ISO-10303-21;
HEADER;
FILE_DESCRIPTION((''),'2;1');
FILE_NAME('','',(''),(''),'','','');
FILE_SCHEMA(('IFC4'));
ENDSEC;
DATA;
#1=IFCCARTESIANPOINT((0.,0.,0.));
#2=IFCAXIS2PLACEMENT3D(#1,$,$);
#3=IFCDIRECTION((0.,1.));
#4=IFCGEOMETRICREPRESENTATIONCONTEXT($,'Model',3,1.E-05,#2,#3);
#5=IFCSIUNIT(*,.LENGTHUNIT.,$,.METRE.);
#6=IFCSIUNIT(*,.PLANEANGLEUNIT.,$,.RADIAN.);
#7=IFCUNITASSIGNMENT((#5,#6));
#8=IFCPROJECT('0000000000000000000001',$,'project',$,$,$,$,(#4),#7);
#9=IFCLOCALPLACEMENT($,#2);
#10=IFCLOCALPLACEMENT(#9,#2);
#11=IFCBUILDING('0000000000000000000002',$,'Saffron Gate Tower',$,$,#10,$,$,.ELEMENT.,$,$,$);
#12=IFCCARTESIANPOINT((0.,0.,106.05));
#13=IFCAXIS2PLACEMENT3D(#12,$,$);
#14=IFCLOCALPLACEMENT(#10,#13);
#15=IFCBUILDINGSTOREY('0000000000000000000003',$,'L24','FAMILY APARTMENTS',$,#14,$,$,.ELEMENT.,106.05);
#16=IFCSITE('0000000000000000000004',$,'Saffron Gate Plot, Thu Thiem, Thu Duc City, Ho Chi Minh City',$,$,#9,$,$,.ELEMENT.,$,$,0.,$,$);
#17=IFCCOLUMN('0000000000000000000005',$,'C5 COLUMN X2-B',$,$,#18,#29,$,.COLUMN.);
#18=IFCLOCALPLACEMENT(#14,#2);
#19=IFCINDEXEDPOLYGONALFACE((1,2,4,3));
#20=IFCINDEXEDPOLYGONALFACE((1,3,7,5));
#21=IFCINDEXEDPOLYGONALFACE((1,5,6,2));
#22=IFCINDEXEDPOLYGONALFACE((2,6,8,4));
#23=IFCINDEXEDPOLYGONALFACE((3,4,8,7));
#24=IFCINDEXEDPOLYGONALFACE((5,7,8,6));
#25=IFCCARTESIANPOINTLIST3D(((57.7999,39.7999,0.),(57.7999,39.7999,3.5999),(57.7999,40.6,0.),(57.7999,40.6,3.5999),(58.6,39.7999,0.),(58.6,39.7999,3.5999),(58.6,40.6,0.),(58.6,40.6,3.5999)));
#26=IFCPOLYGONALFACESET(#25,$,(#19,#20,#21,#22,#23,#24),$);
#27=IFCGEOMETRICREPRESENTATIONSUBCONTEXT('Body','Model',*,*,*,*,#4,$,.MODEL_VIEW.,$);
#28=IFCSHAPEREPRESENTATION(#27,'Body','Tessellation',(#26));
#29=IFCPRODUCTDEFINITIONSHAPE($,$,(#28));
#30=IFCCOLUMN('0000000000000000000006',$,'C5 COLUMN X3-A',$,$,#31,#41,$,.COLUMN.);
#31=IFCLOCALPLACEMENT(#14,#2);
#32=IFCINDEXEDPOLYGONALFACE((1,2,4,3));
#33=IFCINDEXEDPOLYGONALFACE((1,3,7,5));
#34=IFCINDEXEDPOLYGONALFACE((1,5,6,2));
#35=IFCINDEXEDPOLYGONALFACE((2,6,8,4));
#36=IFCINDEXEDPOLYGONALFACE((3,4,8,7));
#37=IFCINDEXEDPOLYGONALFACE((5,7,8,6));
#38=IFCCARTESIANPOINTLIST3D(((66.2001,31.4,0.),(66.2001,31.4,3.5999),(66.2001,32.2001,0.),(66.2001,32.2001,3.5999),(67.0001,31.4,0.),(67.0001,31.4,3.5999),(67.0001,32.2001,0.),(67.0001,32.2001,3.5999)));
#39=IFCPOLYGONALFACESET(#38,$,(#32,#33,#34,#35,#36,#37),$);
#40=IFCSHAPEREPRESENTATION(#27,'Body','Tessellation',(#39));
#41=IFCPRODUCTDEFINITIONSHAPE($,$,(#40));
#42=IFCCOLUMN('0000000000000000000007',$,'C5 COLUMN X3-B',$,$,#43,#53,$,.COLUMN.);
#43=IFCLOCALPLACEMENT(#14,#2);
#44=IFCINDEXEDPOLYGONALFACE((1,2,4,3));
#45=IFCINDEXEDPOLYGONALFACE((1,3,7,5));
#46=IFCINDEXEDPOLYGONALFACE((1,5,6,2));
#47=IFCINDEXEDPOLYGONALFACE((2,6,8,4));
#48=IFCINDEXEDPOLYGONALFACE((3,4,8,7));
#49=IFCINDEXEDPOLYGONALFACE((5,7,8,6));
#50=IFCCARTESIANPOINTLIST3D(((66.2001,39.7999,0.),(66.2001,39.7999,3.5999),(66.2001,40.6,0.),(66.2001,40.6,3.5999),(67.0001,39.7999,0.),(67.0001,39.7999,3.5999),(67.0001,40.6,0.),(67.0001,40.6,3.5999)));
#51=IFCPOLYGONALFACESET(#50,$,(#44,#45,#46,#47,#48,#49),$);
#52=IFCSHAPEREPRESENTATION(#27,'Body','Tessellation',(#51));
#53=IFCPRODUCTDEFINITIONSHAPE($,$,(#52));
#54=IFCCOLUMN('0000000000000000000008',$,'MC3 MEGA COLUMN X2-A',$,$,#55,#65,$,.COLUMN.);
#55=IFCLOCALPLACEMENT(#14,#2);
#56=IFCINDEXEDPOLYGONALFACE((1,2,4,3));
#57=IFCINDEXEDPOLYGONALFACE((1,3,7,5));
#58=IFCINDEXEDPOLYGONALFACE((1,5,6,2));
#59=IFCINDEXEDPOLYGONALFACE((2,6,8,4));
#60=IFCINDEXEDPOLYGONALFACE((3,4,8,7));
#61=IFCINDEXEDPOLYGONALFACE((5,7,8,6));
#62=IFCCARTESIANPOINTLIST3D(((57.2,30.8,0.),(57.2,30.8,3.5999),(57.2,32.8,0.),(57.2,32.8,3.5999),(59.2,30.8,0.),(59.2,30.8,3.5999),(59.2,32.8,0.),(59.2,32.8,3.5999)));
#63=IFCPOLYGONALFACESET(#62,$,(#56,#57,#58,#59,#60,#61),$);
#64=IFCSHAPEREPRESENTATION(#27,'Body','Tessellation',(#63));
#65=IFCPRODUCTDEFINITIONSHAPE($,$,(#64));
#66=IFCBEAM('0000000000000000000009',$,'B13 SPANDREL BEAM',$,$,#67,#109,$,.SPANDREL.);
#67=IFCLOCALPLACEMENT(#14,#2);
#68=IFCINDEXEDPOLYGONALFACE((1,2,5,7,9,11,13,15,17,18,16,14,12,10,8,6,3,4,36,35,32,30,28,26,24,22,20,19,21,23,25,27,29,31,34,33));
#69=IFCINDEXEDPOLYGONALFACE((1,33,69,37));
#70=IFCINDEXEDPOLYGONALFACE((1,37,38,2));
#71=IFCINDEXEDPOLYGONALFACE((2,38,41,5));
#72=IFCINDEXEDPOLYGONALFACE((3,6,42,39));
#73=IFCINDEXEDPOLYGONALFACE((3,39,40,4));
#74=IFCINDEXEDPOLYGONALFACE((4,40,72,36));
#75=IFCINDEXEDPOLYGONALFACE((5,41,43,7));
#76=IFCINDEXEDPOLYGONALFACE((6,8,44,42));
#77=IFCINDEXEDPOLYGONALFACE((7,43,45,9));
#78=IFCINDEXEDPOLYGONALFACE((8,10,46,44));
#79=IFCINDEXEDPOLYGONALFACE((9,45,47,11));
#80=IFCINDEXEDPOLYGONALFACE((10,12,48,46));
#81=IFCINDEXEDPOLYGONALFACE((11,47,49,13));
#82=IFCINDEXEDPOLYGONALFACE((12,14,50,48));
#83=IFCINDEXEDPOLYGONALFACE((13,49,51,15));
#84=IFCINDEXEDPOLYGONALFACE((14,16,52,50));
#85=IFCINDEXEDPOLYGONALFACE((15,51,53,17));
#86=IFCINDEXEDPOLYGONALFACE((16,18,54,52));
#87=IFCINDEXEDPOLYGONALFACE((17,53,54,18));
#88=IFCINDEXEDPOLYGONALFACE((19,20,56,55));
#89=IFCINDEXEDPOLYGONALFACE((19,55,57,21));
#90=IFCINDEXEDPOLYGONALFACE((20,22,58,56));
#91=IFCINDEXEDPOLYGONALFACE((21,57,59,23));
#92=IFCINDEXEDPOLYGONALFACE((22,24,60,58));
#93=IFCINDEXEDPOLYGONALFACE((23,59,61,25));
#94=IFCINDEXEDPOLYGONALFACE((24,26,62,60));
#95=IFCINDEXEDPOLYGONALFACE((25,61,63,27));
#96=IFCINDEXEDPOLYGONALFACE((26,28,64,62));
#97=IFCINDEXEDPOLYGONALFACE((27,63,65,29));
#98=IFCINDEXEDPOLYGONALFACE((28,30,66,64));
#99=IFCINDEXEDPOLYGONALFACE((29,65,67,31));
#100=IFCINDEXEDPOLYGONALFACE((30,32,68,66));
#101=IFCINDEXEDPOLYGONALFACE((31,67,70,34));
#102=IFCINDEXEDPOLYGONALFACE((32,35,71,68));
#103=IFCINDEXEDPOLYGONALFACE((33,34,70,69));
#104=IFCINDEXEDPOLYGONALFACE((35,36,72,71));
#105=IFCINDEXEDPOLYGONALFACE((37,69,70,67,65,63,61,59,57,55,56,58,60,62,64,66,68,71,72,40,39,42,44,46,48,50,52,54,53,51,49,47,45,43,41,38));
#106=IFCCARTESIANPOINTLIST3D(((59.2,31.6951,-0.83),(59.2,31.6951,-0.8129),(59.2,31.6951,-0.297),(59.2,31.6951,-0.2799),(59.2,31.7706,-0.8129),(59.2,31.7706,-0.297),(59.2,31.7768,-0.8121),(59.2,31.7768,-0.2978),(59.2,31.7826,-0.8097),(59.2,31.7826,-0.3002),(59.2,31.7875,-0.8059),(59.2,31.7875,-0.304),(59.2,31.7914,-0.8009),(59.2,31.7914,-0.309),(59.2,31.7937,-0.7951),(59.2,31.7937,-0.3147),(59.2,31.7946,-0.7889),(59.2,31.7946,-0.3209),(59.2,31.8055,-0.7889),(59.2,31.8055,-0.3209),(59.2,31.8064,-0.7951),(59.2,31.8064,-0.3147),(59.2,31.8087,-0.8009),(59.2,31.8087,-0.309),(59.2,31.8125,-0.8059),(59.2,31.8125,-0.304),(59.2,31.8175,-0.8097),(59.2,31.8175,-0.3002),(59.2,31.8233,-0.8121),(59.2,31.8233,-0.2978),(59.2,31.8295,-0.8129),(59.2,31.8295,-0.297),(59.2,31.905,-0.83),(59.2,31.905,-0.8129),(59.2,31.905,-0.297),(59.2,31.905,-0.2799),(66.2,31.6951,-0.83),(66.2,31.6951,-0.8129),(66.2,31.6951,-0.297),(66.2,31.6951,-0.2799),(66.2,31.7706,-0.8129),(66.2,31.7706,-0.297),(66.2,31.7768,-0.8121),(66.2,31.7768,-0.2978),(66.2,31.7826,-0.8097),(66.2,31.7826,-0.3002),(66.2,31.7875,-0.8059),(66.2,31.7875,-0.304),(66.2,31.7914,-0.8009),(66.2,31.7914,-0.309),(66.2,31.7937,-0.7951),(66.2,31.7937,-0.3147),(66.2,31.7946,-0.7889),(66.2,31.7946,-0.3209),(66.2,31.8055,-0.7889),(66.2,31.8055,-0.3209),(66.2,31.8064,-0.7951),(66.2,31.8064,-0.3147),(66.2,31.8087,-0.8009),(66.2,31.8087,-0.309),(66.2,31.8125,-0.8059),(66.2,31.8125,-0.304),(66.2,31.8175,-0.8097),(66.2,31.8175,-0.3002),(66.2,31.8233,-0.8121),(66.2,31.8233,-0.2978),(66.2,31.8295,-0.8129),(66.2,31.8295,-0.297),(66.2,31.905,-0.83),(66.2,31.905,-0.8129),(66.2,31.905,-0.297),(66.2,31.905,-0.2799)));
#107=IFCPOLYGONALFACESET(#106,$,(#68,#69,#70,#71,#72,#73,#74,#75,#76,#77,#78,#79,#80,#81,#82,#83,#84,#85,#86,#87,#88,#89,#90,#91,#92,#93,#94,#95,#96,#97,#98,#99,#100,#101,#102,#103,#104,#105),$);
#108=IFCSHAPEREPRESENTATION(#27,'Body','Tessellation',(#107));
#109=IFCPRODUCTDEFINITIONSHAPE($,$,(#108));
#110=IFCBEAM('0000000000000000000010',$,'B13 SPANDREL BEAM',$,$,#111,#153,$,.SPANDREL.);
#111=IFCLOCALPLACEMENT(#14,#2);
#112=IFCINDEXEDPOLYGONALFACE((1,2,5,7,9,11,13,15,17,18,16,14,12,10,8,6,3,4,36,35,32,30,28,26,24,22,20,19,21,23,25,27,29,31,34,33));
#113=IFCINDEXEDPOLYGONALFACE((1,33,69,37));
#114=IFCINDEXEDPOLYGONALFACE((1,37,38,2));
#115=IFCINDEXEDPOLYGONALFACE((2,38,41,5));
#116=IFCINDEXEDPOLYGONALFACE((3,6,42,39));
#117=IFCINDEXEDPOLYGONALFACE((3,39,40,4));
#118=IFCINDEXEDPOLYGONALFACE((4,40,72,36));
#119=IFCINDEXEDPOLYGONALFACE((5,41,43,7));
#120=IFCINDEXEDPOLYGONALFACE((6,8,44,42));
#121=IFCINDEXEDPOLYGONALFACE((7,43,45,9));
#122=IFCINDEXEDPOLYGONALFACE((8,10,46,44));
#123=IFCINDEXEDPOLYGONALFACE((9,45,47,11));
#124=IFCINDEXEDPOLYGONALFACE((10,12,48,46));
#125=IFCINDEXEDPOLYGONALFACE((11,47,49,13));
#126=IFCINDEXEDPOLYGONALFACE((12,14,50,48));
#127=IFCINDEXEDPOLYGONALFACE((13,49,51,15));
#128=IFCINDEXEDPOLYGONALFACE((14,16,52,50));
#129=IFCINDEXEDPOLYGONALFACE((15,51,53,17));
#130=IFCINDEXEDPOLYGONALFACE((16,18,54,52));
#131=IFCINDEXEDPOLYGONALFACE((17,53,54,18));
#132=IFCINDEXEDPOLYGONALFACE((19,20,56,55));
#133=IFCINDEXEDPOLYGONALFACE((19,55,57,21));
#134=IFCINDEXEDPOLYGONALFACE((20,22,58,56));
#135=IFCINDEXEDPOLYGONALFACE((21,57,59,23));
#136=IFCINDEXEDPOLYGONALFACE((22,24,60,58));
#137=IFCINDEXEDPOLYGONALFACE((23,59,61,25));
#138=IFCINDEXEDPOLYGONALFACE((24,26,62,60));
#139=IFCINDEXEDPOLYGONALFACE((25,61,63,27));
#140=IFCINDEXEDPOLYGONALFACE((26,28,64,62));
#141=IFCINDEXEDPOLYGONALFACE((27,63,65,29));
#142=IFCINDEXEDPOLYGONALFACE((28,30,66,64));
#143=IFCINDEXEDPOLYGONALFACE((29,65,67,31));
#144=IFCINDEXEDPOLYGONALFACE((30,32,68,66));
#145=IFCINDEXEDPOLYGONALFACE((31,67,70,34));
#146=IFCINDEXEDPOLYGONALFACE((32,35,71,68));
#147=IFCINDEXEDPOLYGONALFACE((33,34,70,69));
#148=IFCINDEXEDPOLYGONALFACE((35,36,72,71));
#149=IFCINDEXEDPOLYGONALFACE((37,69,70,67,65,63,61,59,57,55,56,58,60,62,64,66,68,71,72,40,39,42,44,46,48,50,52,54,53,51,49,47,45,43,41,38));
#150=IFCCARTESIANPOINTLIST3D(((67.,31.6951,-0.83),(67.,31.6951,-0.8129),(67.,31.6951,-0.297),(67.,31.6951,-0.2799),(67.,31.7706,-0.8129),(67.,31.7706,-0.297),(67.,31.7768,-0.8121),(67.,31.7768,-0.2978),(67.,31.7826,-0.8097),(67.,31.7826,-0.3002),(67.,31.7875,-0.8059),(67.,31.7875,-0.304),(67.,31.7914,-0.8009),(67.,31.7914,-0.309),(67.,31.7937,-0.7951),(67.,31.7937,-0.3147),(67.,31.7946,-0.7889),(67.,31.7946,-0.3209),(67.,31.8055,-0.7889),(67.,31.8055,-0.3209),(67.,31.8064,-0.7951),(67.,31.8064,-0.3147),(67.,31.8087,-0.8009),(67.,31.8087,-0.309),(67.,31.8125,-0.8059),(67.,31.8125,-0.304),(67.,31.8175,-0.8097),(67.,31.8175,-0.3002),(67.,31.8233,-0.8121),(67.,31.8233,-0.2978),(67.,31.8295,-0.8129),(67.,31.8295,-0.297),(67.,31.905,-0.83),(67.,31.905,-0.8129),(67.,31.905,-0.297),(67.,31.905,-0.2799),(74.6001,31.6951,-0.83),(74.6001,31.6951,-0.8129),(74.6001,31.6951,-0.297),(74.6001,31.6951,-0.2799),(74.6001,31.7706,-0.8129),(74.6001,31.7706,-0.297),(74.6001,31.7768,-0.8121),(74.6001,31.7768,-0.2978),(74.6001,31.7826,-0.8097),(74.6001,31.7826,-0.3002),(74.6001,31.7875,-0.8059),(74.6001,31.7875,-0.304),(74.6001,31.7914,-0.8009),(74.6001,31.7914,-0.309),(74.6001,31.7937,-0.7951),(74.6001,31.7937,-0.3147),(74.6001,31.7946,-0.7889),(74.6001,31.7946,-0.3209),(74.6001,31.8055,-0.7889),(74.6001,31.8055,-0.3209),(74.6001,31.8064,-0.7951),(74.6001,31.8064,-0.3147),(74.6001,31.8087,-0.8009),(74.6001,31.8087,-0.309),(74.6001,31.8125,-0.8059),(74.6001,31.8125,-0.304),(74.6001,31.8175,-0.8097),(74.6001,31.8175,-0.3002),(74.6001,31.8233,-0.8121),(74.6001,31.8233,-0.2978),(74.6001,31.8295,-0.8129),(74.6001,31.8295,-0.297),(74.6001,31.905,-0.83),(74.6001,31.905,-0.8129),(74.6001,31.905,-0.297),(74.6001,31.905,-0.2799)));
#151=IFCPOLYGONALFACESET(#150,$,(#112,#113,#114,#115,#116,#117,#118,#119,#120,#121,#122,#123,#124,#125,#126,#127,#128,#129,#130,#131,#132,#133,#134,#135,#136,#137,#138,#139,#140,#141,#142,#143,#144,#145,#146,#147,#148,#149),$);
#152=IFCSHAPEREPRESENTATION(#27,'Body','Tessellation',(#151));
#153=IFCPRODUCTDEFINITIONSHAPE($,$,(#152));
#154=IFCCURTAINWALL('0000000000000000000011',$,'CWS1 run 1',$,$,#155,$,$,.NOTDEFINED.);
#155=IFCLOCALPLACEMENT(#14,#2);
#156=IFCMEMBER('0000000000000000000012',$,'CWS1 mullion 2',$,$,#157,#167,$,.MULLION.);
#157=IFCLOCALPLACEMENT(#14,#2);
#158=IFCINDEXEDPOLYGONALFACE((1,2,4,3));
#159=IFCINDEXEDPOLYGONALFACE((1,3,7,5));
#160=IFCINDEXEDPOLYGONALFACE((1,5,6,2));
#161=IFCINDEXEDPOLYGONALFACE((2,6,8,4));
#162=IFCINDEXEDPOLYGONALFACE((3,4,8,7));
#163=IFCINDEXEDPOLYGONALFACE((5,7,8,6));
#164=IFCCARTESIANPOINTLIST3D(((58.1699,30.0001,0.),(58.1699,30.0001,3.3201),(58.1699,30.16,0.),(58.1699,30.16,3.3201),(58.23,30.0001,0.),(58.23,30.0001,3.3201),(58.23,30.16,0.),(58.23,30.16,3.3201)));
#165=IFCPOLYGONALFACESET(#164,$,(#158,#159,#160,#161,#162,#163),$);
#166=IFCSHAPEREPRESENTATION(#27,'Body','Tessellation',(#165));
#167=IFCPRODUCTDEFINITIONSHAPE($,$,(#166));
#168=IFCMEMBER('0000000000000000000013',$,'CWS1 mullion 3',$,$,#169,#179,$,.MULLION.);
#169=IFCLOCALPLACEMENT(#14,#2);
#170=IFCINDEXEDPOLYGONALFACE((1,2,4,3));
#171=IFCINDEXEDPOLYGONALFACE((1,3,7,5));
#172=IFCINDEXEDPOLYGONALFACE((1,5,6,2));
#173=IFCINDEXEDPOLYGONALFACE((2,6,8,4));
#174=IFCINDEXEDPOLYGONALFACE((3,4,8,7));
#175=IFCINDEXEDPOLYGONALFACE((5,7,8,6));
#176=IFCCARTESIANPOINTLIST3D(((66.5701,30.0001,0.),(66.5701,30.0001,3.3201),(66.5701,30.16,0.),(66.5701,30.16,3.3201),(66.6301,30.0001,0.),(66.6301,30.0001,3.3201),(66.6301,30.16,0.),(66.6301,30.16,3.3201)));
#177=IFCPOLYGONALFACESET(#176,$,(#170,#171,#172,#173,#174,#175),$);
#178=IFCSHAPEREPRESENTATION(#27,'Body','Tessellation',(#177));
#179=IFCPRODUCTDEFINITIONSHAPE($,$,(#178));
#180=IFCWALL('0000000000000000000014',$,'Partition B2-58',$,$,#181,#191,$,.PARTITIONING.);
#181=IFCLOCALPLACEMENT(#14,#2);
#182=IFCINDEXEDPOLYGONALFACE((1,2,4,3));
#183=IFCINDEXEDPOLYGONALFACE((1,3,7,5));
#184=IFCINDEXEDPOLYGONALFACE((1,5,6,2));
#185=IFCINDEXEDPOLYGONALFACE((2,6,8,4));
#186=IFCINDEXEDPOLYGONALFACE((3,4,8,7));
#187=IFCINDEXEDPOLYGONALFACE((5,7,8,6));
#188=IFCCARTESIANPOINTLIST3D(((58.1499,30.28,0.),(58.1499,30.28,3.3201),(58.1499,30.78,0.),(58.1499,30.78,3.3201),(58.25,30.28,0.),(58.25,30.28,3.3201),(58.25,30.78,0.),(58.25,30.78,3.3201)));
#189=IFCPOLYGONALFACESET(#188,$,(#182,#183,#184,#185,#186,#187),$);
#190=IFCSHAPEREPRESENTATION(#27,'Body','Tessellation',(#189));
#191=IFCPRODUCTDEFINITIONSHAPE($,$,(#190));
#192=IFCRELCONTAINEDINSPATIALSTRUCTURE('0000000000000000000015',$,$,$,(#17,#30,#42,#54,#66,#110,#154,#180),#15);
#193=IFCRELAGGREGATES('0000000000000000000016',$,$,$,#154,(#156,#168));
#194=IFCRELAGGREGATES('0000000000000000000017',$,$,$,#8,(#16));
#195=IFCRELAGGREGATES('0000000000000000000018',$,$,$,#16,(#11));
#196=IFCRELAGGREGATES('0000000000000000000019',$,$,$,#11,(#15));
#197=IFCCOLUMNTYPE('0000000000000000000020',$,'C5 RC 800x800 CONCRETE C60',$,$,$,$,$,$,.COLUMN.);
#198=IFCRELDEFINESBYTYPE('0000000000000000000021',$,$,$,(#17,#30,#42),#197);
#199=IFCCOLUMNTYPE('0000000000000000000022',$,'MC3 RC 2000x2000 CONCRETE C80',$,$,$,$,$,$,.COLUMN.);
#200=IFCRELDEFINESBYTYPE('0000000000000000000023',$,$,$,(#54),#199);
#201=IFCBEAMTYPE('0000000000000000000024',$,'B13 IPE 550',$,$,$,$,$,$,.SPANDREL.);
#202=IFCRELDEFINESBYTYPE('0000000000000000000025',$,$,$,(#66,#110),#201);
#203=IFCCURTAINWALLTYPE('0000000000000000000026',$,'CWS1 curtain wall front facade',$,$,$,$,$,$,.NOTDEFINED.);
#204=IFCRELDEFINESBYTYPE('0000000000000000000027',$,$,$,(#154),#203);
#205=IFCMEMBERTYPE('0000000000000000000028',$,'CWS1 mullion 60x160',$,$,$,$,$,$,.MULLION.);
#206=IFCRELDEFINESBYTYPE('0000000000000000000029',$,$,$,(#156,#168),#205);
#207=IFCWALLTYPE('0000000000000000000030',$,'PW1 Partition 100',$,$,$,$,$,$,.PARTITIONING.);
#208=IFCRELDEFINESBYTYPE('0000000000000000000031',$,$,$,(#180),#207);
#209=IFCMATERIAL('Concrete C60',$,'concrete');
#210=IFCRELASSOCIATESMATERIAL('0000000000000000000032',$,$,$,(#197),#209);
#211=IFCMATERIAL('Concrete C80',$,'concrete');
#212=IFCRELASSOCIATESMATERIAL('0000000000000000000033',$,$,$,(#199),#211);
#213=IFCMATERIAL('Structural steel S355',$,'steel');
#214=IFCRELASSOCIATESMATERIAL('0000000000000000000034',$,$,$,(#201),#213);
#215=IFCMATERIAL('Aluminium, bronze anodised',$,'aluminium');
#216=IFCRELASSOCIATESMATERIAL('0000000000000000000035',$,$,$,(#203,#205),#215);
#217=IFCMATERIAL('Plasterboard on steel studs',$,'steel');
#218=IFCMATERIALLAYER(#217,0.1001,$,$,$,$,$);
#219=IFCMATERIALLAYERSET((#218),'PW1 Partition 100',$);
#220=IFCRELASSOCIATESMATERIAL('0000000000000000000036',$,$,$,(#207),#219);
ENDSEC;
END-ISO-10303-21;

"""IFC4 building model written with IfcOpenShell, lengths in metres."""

from ifc_helpers import new_model, si_unit, direction, frame, frame_2d, origin, origin_2d, place, context, subcontext, project, spatial, rectangle, i_section, extrude, material, layer, layer_set, material_profile, profile_set, type_object, element, aggregate, save


model = new_model("IFC4")

# Units and contexts
model_context = context("Model", 3, precision=1e-05, world=origin(), true_north=direction((0.0, 1.0)))
body_context = subcontext(model_context, "Body", "Model", "MODEL_VIEW")
ifc_project = project(units=[si_unit("LENGTHUNIT", "METRE"), si_unit("PLANEANGLEUNIT", "RADIAN")], contexts=[model_context])

# Site, building, storey
site_placement = place(None, origin())
site = spatial("IfcSite", under=ifc_project, at=site_placement, Name="Saffron Gate Plot, Thu Thiem, Thu Duc City, Ho Chi Minh City", CompositionType="ELEMENT", RefElevation=0.0)
building_placement = place(site_placement, origin())
building = spatial("IfcBuilding", under=site, at=building_placement, Name="Saffron Gate Tower", CompositionType="ELEMENT")
storey_placement = place(building_placement, frame((0.0, 0.0, 106.05)))
storey = spatial("IfcBuildingStorey", under=building, at=storey_placement, Name="L24", Description="FAMILY APARTMENTS", CompositionType="ELEMENT", Elevation=106.05)

# Columns
ifc_material_1 = material(Name="Concrete C60", Category="concrete")
ifc_material_profile_1 = material_profile(ifc_material_1, rectangle(XDim=0.8, YDim=0.8, at=origin_2d()))
ifc_profile_set_1 = profile_set([ifc_material_profile_1], Name="Concrete C60")
column_type_1 = type_object("IfcColumnType", Name="C5 RC 800x800 CONCRETE C60", PredefinedType="COLUMN", material=ifc_profile_set_1)
for number, where, z_axis, x_axis, name in (
    (1, (58.2, 40.2, 0.0), (0.0, 0.0, 1.0), (1.0, 0.0, 0.0), "C5 COLUMN X2-B"),
    (2, (66.6001, 31.8, 0.0), (0.0, 0.0, 1.0), (1.0, 0.0, 0.0), "C5 COLUMN X3-A"),
    (3, (66.6001, 40.2, 0.0), (0.0, 0.0, 1.0), (1.0, 0.0, 0.0), "C5 COLUMN X3-B"),
):
    element("IfcColumn", number, at=place(storey_placement, frame(where, z_axis=z_axis, x_axis=x_axis)), inside=storey, type_object=column_type_1, Name=name, PredefinedType="COLUMN", context=body_context, shape_type="SweptSolid", body=[
        extrude(rectangle(XDim=0.8, YDim=0.8, at=origin_2d()), origin(), (0.0, 0.0, 1.0), 3.5999),
    ])
ifc_material_2 = material(Name="Concrete C80", Category="concrete")
ifc_material_profile_2 = material_profile(ifc_material_2, rectangle(XDim=2.0, YDim=2.0, at=origin_2d()))
ifc_profile_set_2 = profile_set([ifc_material_profile_2], Name="Concrete C80")
column_type_2 = type_object("IfcColumnType", Name="MC3 RC 2000x2000 CONCRETE C80", PredefinedType="COLUMN", material=ifc_profile_set_2)
column_placement = place(storey_placement, frame((58.2, 31.8, 0.0), z_axis=(0.0, 0.0, 1.0), x_axis=(1.0, 0.0, 0.0)))
element("IfcColumn", 4, at=column_placement, inside=storey, type_object=column_type_2, Name="MC3 MEGA COLUMN X2-A", PredefinedType="COLUMN", context=body_context, shape_type="SweptSolid", body=[
    extrude(rectangle(XDim=2.0, YDim=2.0, at=origin_2d()), origin(), (0.0, 0.0, 1.0), 3.5999),
])

# Beams
ifc_material_3 = material(Name="Structural steel S355", Category="steel")
ifc_material_profile_3 = material_profile(ifc_material_3, i_section(OverallWidth=0.21, OverallDepth=0.55, WebThickness=0.011, FlangeThickness=0.0171, FilletRadius=0.0239, at=origin_2d()))
ifc_profile_set_3 = profile_set([ifc_material_profile_3], Name="Structural steel S355")
beam_type = type_object("IfcBeamType", Name="B13 IPE 550", PredefinedType="SPANDREL", material=ifc_profile_set_3)
beam_1_placement = place(storey_placement, frame((59.2, 31.8, -0.5549), z_axis=(1.0, 0.0, 0.0), x_axis=(0.0, 1.0, 0.0)))
element("IfcBeam", 5, at=beam_1_placement, inside=storey, type_object=beam_type, Name="B13 SPANDREL BEAM", PredefinedType="SPANDREL", context=body_context, shape_type="SweptSolid", body=[
    extrude(i_section(OverallWidth=0.21, OverallDepth=0.55, WebThickness=0.011, FlangeThickness=0.0171, FilletRadius=0.0239, at=origin_2d()), origin(), (0.0, 0.0, 1.0), 7.0),
])
beam_2_placement = place(storey_placement, frame((67.0, 31.8, -0.5549), z_axis=(1.0, 0.0, 0.0), x_axis=(0.0, 1.0, 0.0)))
element("IfcBeam", 6, at=beam_2_placement, inside=storey, type_object=beam_type, Name="B13 SPANDREL BEAM", PredefinedType="SPANDREL", context=body_context, shape_type="SweptSolid", body=[
    extrude(i_section(OverallWidth=0.21, OverallDepth=0.55, WebThickness=0.011, FlangeThickness=0.0171, FilletRadius=0.0239, at=origin_2d()), origin(), (0.0, 0.0, 1.0), 7.6001),
])

# Curtain wall, members
ifc_material_4 = material(Name="Aluminium, bronze anodised", Category="aluminium")
curtain_wall_type = type_object("IfcCurtainWallType", Name="CWS1 curtain wall front facade", PredefinedType="NOTDEFINED", material=ifc_material_4)
curtain_wall_placement = place(storey_placement, origin())
curtain_wall = element("IfcCurtainWall", 7, at=curtain_wall_placement, inside=storey, type_object=curtain_wall_type, Name="CWS1 run 1", PredefinedType="NOTDEFINED")
ifc_material_profile_4 = material_profile(ifc_material_4, rectangle(XDim=0.1599, YDim=0.0601, at=origin_2d()))
ifc_profile_set_4 = profile_set([ifc_material_profile_4], Name="Aluminium, bronze anodised")
member_type = type_object("IfcMemberType", Name="CWS1 mullion 60x160", PredefinedType="MULLION", material=ifc_profile_set_4)
member_1_placement = place(storey_placement, frame((58.2, 30.0801, 0.0), z_axis=(0.0, 0.0, 1.0), x_axis=(0.0, 1.0, 0.0)))
member_1 = element("IfcMember", 8, at=member_1_placement, type_object=member_type, Name="CWS1 mullion 2", PredefinedType="MULLION", context=body_context, shape_type="SweptSolid", body=[
    extrude(rectangle(XDim=0.1599, YDim=0.0601, at=origin_2d()), origin(), (0.0, 0.0, 1.0), 3.3201),
])
member_2_placement = place(storey_placement, frame((66.6001, 30.0801, 0.0), z_axis=(0.0, 0.0, 1.0), x_axis=(0.0, 1.0, 0.0)))
member_2 = element("IfcMember", 9, at=member_2_placement, type_object=member_type, Name="CWS1 mullion 3", PredefinedType="MULLION", context=body_context, shape_type="SweptSolid", body=[
    extrude(rectangle(XDim=0.1599, YDim=0.0601, at=origin_2d()), origin(), (0.0, 0.0, 1.0), 3.3201),
])
aggregate(curtain_wall, [member_1, member_2])

# Wall
ifc_material_5 = material(Name="Plasterboard on steel studs", Category="steel")
ifc_layer_1 = layer(ifc_material_5, 0.1001)
ifc_layer_set_1 = layer_set([ifc_layer_1], Name="PW1 Partition 100")
wall_type_1 = type_object("IfcWallType", Name="PW1 Partition 100", PredefinedType="PARTITIONING", material=ifc_layer_set_1)
wall_1_placement = place(storey_placement, frame((58.2, 30.78, 0.0), z_axis=(0.0, 0.0, 1.0), x_axis=(0.0, -1.0, 0.0)))
element("IfcWall", 10, at=wall_1_placement, inside=storey, type_object=wall_type_1, Name="Partition B2-58", PredefinedType="PARTITIONING", context=body_context, shape_type="SweptSolid", body=[
    extrude(rectangle(XDim=0.5, YDim=0.1001, at=frame_2d((0.25, 0.0))), origin(), (0.0, 0.0, 1.0), 3.3201),
])

save(model, "model.ifc")
